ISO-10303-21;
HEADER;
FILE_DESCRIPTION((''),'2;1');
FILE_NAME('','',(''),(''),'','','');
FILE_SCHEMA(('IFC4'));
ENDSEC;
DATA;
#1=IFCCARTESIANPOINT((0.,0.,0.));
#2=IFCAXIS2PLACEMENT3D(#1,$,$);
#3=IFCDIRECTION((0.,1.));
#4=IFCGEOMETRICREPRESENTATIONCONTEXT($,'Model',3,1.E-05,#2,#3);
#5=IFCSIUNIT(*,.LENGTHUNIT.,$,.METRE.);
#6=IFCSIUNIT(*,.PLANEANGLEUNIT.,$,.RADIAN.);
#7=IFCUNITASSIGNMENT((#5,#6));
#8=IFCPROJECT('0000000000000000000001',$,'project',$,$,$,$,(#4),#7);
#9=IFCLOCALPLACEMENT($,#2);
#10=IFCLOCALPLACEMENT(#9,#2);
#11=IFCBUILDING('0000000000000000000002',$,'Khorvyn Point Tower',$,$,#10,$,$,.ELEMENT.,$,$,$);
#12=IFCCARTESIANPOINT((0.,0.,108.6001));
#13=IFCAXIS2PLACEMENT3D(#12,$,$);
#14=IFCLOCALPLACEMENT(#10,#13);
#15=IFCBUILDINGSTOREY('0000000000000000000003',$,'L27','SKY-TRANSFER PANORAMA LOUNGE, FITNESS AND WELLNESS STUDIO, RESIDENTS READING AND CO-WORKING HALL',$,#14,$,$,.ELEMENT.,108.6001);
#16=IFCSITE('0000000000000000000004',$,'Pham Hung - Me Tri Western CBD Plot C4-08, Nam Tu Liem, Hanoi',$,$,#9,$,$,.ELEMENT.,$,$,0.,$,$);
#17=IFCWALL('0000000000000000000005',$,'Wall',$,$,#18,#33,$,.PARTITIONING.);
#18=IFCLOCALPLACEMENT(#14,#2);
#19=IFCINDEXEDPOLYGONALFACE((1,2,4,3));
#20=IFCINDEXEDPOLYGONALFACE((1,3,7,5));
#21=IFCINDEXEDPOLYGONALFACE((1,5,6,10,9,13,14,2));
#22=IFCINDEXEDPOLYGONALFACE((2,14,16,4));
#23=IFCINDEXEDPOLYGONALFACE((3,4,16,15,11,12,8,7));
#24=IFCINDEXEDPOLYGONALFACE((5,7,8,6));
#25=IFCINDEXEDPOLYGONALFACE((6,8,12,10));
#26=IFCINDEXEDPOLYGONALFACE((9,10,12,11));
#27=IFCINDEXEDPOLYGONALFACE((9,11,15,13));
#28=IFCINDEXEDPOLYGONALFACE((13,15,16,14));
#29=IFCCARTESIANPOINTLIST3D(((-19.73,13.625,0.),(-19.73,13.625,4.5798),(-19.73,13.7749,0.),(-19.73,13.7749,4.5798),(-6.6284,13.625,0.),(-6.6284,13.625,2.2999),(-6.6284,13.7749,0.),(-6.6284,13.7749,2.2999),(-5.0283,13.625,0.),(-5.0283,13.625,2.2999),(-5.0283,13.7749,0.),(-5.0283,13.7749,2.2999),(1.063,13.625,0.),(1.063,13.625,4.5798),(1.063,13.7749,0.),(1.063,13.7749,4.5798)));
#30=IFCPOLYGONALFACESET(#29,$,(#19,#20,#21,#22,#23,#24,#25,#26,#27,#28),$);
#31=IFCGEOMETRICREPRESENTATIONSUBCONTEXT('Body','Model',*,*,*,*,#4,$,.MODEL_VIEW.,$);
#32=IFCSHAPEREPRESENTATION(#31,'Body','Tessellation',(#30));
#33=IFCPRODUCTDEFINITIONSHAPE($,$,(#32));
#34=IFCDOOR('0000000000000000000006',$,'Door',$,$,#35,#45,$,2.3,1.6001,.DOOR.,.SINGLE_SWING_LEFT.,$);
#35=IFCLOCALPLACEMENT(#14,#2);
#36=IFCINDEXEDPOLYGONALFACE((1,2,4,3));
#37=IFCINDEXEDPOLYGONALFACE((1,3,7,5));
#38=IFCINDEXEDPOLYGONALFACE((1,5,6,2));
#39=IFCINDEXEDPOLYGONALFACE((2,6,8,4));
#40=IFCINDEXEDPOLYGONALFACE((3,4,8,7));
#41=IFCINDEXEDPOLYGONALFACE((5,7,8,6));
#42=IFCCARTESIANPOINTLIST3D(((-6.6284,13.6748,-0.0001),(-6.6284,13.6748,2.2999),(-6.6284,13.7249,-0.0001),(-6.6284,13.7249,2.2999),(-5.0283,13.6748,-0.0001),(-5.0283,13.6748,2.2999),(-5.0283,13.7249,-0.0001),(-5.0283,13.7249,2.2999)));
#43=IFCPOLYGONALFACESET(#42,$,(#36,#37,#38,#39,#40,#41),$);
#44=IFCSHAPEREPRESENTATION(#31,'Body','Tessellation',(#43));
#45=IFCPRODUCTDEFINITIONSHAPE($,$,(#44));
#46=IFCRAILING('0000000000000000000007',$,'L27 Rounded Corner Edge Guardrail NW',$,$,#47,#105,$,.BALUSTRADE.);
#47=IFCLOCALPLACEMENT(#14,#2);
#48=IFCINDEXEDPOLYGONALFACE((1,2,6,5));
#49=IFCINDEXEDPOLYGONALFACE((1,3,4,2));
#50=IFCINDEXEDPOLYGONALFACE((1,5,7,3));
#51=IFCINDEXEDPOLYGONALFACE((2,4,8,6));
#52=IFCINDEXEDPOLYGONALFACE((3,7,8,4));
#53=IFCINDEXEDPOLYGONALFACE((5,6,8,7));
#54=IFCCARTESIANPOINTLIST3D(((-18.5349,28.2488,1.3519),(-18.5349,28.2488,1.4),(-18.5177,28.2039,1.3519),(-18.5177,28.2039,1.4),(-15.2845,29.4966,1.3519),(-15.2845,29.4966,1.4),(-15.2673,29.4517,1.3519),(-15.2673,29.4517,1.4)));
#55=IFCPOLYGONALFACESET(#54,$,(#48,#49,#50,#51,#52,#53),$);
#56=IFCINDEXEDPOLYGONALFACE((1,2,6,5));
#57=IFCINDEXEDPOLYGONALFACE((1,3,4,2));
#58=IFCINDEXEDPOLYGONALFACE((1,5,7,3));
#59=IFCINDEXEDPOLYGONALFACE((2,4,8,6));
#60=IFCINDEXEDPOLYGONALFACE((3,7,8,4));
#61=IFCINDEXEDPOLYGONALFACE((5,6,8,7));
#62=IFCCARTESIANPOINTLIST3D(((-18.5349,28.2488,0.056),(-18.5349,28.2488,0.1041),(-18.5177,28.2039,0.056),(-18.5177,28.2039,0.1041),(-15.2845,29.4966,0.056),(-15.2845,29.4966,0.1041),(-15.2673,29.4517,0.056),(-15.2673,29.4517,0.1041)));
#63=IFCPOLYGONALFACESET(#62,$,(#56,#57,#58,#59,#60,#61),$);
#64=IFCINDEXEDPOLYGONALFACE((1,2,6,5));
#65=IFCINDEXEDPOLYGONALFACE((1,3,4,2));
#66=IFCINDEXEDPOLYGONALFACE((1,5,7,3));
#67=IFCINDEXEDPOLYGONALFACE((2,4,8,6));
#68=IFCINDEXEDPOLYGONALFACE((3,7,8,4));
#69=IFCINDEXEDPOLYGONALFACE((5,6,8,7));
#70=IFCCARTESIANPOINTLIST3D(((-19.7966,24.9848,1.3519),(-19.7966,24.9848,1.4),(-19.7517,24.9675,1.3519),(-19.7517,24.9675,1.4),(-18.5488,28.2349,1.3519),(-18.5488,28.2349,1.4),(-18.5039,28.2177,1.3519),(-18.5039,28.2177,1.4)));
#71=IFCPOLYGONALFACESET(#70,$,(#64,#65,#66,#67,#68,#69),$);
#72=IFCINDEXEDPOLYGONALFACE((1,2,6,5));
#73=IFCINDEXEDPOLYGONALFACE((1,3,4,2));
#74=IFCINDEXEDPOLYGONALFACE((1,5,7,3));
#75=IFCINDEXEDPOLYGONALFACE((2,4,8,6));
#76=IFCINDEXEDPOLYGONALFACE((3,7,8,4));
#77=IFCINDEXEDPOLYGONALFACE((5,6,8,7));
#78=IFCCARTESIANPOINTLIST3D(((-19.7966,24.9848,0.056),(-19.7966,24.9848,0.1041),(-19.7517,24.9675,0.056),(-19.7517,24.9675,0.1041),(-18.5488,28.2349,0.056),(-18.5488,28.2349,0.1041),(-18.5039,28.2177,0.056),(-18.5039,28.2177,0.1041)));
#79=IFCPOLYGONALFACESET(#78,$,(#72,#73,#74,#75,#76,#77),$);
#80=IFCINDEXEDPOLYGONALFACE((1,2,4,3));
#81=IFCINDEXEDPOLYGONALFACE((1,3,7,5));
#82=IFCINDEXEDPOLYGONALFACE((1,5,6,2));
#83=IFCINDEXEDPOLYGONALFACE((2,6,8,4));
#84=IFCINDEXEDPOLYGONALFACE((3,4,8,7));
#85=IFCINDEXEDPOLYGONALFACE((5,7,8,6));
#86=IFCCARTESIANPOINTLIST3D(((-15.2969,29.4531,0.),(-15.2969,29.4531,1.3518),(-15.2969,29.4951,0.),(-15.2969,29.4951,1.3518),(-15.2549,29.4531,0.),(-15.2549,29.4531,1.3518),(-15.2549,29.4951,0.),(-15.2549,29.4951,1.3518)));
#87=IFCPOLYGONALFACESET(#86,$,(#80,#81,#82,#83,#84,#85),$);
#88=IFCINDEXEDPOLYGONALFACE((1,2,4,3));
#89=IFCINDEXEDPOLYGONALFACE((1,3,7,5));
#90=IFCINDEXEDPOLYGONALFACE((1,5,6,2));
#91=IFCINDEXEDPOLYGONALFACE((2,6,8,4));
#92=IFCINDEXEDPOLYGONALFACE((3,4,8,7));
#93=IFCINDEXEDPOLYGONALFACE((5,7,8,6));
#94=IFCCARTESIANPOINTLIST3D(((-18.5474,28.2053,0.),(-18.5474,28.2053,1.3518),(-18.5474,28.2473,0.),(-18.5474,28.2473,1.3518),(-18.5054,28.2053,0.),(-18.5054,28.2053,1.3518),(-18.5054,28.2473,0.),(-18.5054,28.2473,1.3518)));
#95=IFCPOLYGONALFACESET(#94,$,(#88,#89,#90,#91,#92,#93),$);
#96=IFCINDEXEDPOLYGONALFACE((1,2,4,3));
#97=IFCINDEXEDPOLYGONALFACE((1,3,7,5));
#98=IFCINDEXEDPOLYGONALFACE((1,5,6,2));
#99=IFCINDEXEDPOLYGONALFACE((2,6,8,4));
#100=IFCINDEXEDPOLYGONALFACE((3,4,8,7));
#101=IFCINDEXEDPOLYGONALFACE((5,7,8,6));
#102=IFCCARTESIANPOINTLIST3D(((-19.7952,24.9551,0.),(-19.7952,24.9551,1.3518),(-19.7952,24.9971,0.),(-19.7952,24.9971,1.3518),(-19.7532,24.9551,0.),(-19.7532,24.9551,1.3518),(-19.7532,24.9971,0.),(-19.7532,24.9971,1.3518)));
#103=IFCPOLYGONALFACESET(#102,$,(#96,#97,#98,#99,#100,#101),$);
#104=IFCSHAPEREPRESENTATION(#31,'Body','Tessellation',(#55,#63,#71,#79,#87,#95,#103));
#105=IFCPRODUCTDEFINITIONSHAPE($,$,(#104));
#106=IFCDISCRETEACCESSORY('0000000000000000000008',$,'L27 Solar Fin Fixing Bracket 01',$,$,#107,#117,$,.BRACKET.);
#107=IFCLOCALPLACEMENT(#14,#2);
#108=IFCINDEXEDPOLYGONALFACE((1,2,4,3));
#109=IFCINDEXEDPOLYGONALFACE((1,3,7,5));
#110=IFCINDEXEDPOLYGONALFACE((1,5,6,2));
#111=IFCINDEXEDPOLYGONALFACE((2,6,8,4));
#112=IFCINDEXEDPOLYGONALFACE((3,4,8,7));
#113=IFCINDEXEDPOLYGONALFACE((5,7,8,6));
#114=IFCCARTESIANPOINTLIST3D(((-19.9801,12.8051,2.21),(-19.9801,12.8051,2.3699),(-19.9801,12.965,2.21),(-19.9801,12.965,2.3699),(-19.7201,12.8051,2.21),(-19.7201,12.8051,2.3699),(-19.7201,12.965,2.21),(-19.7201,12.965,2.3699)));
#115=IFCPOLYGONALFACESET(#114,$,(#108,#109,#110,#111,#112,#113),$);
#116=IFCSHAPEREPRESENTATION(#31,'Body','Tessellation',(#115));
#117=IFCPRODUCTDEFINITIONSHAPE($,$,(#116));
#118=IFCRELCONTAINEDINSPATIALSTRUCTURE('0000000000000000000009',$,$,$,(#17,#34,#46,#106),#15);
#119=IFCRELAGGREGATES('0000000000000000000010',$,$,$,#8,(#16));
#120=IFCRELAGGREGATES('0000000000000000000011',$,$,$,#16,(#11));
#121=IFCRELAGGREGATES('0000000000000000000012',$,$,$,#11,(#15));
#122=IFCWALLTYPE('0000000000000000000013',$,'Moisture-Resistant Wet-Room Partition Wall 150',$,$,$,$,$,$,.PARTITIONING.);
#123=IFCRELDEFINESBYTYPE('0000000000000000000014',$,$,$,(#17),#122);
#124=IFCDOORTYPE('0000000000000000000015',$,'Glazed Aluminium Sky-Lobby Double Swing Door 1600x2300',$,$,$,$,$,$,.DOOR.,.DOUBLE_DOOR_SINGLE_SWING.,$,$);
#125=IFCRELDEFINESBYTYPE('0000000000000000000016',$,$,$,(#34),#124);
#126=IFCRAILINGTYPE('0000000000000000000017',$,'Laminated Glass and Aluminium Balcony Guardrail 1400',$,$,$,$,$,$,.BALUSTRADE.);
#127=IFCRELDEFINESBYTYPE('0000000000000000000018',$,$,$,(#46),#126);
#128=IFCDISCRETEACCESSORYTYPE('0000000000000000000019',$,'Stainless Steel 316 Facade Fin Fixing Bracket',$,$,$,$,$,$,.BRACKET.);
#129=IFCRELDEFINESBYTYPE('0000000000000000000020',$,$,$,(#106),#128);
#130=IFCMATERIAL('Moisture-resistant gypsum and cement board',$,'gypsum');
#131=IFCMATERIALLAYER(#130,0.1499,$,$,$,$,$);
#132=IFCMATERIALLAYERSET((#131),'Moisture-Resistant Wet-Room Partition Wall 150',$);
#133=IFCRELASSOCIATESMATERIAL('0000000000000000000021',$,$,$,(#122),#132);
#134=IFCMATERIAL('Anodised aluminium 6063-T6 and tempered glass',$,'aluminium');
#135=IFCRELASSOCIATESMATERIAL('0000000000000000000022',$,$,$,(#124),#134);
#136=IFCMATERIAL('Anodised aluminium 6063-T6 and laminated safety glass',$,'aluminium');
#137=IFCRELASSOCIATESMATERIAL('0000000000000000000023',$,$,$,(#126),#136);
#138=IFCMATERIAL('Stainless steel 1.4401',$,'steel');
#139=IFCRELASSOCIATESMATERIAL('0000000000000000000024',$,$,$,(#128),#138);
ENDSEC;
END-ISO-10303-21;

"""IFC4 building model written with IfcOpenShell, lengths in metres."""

from ifc_helpers import new_model, si_unit, direction, frame, frame_2d, origin, origin_2d, place, context, subcontext, project, spatial, rectangle, extrude, material, layer, layer_set, type_object, element, fill, save


model = new_model("IFC4")

# Units and contexts
model_context = context("Model", 3, precision=1e-05, world=origin(), true_north=direction((0.0, 1.0)))
body_context = subcontext(model_context, "Body", "Model", "MODEL_VIEW")
ifc_project = project(units=[si_unit("LENGTHUNIT", "METRE"), si_unit("PLANEANGLEUNIT", "RADIAN")], contexts=[model_context])

# Site, building, storey
site_placement = place(None, origin())
site = spatial("IfcSite", under=ifc_project, at=site_placement, Name="Pham Hung - Me Tri Western CBD Plot C4-08, Nam Tu Liem, Hanoi", CompositionType="ELEMENT", RefElevation=0.0)
building_placement = place(site_placement, origin())
building = spatial("IfcBuilding", under=site, at=building_placement, Name="Khorvyn Point Tower", CompositionType="ELEMENT")
storey_placement = place(building_placement, frame((0.0, 0.0, 108.6001)))
storey = spatial("IfcBuildingStorey", under=building, at=storey_placement, Name="L27", Description="SKY-TRANSFER PANORAMA LOUNGE, FITNESS AND WELLNESS STUDIO, RESIDENTS READING AND CO-WORKING HALL", CompositionType="ELEMENT", Elevation=108.6001)

# Wall, opening, door
ifc_material_1 = material(Name="Moisture-resistant gypsum and cement board", Category="gypsum")
ifc_layer_1 = layer(ifc_material_1, 0.1499)
ifc_layer_set_1 = layer_set([ifc_layer_1], Name="Moisture-Resistant Wet-Room Partition Wall 150")
wall_type_1 = type_object("IfcWallType", Name="Moisture-Resistant Wet-Room Partition Wall 150", PredefinedType="PARTITIONING", material=ifc_layer_set_1)
wall_1_placement = place(storey_placement, frame((-19.73, 13.7, 0.0), z_axis=(0.0, 0.0, 1.0), x_axis=(1.0, 0.0, 0.0)))
wall_1 = element("IfcWall", 1, at=wall_1_placement, inside=storey, type_object=wall_type_1, Name="Wall", PredefinedType="PARTITIONING", context=body_context, shape_type="SweptSolid", body=[
    extrude(rectangle(XDim=20.793, YDim=0.1499, at=frame_2d((10.3965, 0.0))), origin(), (0.0, 0.0, 1.0), 4.5798),
])
opening_1_placement = place(wall_1_placement, frame((13.1016, 0.0, 0.0)))
opening_1 = element("IfcOpeningElement", 2, at=opening_1_placement, cuts=wall_1, PredefinedType="OPENING", context=body_context, shape_type="SweptSolid", body=[
    extrude(rectangle(XDim=1.6001, YDim=2.3, at=frame_2d((0.8, 1.1499))), frame((0.0, 0.085, 0.0), z_axis=(0.0, -1.0, 0.0), x_axis=(1.0, 0.0, 0.0)), (0.0, 0.0, 1.0), 0.1699),
])
ifc_material_2 = material(Name="Anodised aluminium 6063-T6 and tempered glass", Category="aluminium")
door_type = type_object("IfcDoorType", Name="Glazed Aluminium Sky-Lobby Double Swing Door 1600x2300", OperationType="DOUBLE_DOOR_SINGLE_SWING", PredefinedType="DOOR", material=ifc_material_2)
door_placement = place(opening_1_placement, origin())
door = element("IfcDoor", 3, at=door_placement, inside=storey, type_object=door_type, Name="Door", OperationType="SINGLE_SWING_LEFT", OverallHeight=2.3, OverallWidth=1.6001, PredefinedType="DOOR", context=body_context, shape_type="SweptSolid", body=[
    extrude(rectangle(XDim=1.6001, YDim=2.3, at=frame_2d((0.8, 1.1499))), frame((0.0, 0.0249, 0.0), z_axis=(0.0, -1.0, 0.0), x_axis=(1.0, 0.0, 0.0)), (0.0, 0.0, 1.0), 0.05),
])
fill(opening_1, door)

# Railing
ifc_material_3 = material(Name="Anodised aluminium 6063-T6 and laminated safety glass", Category="aluminium")
railing_type = type_object("IfcRailingType", Name="Laminated Glass and Aluminium Balcony Guardrail 1400", PredefinedType="BALUSTRADE", material=ifc_material_3)
railing_placement = place(storey_placement, frame((-15.2759, 29.4741, 0.0)))
element("IfcRailing", 4, at=railing_placement, inside=storey, type_object=railing_type, Name="L27 Rounded Corner Edge Guardrail NW", PredefinedType="BALUSTRADE", context=body_context, shape_type="SweptSolid", body=[
    extrude(rectangle(XDim=0.0481, YDim=0.0481, at=origin_2d()), frame((0.0, 0.0, 1.376), z_axis=(-0.933575, -0.358382, 0.0), x_axis=(0.358382, -0.933575, 0.0)), (0.0, 0.0, 1.0), 3.4817),
    extrude(rectangle(XDim=0.0481, YDim=0.0481, at=origin_2d()), frame((0.0, 0.0, 0.0801), z_axis=(-0.933575, -0.358382, 0.0), x_axis=(0.358382, -0.933575, 0.0)), (0.0, 0.0, 1.0), 3.4817),
    extrude(rectangle(XDim=0.0481, YDim=0.0481, at=origin_2d()), frame((-3.2505, -1.2478, 1.376), z_axis=(-0.358406, -0.933566, 0.0), x_axis=(0.933566, -0.358406, 0.0)), (0.0, 0.0, 1.0), 3.4814),
    extrude(rectangle(XDim=0.0481, YDim=0.0481, at=origin_2d()), frame((-3.2505, -1.2478, 0.0801), z_axis=(-0.358406, -0.933566, 0.0), x_axis=(0.933566, -0.358406, 0.0)), (0.0, 0.0, 1.0), 3.4814),
    extrude(rectangle(XDim=0.042, YDim=0.042, at=origin_2d()), origin(), (0.0, 0.0, 1.0), 1.3518),
    extrude(rectangle(XDim=0.042, YDim=0.042, at=origin_2d()), frame((-3.2505, -1.2478, 0.0)), (0.0, 0.0, 1.0), 1.3518),
    extrude(rectangle(XDim=0.042, YDim=0.042, at=origin_2d()), frame((-4.4983, -4.498, 0.0)), (0.0, 0.0, 1.0), 1.3518),
])

# Discrete accessory
ifc_material_4 = material(Name="Stainless steel 1.4401", Category="steel")
discrete_accessory_type = type_object("IfcDiscreteAccessoryType", Name="Stainless Steel 316 Facade Fin Fixing Bracket", PredefinedType="BRACKET", material=ifc_material_4)
discrete_accessory_placement = place(storey_placement, frame((-19.8501, 12.885, 2.21), z_axis=(0.0, 0.0, 1.0), x_axis=(0.0, 1.0, 0.0)))
element("IfcDiscreteAccessory", 5, at=discrete_accessory_placement, inside=storey, type_object=discrete_accessory_type, Name="L27 Solar Fin Fixing Bracket 01", PredefinedType="BRACKET", context=body_context, shape_type="SweptSolid", body=[
    extrude(rectangle(XDim=0.1599, YDim=0.26, at=origin_2d()), origin(), (0.0, 0.0, 1.0), 0.1599),
])

save(model, "model.ifc")
